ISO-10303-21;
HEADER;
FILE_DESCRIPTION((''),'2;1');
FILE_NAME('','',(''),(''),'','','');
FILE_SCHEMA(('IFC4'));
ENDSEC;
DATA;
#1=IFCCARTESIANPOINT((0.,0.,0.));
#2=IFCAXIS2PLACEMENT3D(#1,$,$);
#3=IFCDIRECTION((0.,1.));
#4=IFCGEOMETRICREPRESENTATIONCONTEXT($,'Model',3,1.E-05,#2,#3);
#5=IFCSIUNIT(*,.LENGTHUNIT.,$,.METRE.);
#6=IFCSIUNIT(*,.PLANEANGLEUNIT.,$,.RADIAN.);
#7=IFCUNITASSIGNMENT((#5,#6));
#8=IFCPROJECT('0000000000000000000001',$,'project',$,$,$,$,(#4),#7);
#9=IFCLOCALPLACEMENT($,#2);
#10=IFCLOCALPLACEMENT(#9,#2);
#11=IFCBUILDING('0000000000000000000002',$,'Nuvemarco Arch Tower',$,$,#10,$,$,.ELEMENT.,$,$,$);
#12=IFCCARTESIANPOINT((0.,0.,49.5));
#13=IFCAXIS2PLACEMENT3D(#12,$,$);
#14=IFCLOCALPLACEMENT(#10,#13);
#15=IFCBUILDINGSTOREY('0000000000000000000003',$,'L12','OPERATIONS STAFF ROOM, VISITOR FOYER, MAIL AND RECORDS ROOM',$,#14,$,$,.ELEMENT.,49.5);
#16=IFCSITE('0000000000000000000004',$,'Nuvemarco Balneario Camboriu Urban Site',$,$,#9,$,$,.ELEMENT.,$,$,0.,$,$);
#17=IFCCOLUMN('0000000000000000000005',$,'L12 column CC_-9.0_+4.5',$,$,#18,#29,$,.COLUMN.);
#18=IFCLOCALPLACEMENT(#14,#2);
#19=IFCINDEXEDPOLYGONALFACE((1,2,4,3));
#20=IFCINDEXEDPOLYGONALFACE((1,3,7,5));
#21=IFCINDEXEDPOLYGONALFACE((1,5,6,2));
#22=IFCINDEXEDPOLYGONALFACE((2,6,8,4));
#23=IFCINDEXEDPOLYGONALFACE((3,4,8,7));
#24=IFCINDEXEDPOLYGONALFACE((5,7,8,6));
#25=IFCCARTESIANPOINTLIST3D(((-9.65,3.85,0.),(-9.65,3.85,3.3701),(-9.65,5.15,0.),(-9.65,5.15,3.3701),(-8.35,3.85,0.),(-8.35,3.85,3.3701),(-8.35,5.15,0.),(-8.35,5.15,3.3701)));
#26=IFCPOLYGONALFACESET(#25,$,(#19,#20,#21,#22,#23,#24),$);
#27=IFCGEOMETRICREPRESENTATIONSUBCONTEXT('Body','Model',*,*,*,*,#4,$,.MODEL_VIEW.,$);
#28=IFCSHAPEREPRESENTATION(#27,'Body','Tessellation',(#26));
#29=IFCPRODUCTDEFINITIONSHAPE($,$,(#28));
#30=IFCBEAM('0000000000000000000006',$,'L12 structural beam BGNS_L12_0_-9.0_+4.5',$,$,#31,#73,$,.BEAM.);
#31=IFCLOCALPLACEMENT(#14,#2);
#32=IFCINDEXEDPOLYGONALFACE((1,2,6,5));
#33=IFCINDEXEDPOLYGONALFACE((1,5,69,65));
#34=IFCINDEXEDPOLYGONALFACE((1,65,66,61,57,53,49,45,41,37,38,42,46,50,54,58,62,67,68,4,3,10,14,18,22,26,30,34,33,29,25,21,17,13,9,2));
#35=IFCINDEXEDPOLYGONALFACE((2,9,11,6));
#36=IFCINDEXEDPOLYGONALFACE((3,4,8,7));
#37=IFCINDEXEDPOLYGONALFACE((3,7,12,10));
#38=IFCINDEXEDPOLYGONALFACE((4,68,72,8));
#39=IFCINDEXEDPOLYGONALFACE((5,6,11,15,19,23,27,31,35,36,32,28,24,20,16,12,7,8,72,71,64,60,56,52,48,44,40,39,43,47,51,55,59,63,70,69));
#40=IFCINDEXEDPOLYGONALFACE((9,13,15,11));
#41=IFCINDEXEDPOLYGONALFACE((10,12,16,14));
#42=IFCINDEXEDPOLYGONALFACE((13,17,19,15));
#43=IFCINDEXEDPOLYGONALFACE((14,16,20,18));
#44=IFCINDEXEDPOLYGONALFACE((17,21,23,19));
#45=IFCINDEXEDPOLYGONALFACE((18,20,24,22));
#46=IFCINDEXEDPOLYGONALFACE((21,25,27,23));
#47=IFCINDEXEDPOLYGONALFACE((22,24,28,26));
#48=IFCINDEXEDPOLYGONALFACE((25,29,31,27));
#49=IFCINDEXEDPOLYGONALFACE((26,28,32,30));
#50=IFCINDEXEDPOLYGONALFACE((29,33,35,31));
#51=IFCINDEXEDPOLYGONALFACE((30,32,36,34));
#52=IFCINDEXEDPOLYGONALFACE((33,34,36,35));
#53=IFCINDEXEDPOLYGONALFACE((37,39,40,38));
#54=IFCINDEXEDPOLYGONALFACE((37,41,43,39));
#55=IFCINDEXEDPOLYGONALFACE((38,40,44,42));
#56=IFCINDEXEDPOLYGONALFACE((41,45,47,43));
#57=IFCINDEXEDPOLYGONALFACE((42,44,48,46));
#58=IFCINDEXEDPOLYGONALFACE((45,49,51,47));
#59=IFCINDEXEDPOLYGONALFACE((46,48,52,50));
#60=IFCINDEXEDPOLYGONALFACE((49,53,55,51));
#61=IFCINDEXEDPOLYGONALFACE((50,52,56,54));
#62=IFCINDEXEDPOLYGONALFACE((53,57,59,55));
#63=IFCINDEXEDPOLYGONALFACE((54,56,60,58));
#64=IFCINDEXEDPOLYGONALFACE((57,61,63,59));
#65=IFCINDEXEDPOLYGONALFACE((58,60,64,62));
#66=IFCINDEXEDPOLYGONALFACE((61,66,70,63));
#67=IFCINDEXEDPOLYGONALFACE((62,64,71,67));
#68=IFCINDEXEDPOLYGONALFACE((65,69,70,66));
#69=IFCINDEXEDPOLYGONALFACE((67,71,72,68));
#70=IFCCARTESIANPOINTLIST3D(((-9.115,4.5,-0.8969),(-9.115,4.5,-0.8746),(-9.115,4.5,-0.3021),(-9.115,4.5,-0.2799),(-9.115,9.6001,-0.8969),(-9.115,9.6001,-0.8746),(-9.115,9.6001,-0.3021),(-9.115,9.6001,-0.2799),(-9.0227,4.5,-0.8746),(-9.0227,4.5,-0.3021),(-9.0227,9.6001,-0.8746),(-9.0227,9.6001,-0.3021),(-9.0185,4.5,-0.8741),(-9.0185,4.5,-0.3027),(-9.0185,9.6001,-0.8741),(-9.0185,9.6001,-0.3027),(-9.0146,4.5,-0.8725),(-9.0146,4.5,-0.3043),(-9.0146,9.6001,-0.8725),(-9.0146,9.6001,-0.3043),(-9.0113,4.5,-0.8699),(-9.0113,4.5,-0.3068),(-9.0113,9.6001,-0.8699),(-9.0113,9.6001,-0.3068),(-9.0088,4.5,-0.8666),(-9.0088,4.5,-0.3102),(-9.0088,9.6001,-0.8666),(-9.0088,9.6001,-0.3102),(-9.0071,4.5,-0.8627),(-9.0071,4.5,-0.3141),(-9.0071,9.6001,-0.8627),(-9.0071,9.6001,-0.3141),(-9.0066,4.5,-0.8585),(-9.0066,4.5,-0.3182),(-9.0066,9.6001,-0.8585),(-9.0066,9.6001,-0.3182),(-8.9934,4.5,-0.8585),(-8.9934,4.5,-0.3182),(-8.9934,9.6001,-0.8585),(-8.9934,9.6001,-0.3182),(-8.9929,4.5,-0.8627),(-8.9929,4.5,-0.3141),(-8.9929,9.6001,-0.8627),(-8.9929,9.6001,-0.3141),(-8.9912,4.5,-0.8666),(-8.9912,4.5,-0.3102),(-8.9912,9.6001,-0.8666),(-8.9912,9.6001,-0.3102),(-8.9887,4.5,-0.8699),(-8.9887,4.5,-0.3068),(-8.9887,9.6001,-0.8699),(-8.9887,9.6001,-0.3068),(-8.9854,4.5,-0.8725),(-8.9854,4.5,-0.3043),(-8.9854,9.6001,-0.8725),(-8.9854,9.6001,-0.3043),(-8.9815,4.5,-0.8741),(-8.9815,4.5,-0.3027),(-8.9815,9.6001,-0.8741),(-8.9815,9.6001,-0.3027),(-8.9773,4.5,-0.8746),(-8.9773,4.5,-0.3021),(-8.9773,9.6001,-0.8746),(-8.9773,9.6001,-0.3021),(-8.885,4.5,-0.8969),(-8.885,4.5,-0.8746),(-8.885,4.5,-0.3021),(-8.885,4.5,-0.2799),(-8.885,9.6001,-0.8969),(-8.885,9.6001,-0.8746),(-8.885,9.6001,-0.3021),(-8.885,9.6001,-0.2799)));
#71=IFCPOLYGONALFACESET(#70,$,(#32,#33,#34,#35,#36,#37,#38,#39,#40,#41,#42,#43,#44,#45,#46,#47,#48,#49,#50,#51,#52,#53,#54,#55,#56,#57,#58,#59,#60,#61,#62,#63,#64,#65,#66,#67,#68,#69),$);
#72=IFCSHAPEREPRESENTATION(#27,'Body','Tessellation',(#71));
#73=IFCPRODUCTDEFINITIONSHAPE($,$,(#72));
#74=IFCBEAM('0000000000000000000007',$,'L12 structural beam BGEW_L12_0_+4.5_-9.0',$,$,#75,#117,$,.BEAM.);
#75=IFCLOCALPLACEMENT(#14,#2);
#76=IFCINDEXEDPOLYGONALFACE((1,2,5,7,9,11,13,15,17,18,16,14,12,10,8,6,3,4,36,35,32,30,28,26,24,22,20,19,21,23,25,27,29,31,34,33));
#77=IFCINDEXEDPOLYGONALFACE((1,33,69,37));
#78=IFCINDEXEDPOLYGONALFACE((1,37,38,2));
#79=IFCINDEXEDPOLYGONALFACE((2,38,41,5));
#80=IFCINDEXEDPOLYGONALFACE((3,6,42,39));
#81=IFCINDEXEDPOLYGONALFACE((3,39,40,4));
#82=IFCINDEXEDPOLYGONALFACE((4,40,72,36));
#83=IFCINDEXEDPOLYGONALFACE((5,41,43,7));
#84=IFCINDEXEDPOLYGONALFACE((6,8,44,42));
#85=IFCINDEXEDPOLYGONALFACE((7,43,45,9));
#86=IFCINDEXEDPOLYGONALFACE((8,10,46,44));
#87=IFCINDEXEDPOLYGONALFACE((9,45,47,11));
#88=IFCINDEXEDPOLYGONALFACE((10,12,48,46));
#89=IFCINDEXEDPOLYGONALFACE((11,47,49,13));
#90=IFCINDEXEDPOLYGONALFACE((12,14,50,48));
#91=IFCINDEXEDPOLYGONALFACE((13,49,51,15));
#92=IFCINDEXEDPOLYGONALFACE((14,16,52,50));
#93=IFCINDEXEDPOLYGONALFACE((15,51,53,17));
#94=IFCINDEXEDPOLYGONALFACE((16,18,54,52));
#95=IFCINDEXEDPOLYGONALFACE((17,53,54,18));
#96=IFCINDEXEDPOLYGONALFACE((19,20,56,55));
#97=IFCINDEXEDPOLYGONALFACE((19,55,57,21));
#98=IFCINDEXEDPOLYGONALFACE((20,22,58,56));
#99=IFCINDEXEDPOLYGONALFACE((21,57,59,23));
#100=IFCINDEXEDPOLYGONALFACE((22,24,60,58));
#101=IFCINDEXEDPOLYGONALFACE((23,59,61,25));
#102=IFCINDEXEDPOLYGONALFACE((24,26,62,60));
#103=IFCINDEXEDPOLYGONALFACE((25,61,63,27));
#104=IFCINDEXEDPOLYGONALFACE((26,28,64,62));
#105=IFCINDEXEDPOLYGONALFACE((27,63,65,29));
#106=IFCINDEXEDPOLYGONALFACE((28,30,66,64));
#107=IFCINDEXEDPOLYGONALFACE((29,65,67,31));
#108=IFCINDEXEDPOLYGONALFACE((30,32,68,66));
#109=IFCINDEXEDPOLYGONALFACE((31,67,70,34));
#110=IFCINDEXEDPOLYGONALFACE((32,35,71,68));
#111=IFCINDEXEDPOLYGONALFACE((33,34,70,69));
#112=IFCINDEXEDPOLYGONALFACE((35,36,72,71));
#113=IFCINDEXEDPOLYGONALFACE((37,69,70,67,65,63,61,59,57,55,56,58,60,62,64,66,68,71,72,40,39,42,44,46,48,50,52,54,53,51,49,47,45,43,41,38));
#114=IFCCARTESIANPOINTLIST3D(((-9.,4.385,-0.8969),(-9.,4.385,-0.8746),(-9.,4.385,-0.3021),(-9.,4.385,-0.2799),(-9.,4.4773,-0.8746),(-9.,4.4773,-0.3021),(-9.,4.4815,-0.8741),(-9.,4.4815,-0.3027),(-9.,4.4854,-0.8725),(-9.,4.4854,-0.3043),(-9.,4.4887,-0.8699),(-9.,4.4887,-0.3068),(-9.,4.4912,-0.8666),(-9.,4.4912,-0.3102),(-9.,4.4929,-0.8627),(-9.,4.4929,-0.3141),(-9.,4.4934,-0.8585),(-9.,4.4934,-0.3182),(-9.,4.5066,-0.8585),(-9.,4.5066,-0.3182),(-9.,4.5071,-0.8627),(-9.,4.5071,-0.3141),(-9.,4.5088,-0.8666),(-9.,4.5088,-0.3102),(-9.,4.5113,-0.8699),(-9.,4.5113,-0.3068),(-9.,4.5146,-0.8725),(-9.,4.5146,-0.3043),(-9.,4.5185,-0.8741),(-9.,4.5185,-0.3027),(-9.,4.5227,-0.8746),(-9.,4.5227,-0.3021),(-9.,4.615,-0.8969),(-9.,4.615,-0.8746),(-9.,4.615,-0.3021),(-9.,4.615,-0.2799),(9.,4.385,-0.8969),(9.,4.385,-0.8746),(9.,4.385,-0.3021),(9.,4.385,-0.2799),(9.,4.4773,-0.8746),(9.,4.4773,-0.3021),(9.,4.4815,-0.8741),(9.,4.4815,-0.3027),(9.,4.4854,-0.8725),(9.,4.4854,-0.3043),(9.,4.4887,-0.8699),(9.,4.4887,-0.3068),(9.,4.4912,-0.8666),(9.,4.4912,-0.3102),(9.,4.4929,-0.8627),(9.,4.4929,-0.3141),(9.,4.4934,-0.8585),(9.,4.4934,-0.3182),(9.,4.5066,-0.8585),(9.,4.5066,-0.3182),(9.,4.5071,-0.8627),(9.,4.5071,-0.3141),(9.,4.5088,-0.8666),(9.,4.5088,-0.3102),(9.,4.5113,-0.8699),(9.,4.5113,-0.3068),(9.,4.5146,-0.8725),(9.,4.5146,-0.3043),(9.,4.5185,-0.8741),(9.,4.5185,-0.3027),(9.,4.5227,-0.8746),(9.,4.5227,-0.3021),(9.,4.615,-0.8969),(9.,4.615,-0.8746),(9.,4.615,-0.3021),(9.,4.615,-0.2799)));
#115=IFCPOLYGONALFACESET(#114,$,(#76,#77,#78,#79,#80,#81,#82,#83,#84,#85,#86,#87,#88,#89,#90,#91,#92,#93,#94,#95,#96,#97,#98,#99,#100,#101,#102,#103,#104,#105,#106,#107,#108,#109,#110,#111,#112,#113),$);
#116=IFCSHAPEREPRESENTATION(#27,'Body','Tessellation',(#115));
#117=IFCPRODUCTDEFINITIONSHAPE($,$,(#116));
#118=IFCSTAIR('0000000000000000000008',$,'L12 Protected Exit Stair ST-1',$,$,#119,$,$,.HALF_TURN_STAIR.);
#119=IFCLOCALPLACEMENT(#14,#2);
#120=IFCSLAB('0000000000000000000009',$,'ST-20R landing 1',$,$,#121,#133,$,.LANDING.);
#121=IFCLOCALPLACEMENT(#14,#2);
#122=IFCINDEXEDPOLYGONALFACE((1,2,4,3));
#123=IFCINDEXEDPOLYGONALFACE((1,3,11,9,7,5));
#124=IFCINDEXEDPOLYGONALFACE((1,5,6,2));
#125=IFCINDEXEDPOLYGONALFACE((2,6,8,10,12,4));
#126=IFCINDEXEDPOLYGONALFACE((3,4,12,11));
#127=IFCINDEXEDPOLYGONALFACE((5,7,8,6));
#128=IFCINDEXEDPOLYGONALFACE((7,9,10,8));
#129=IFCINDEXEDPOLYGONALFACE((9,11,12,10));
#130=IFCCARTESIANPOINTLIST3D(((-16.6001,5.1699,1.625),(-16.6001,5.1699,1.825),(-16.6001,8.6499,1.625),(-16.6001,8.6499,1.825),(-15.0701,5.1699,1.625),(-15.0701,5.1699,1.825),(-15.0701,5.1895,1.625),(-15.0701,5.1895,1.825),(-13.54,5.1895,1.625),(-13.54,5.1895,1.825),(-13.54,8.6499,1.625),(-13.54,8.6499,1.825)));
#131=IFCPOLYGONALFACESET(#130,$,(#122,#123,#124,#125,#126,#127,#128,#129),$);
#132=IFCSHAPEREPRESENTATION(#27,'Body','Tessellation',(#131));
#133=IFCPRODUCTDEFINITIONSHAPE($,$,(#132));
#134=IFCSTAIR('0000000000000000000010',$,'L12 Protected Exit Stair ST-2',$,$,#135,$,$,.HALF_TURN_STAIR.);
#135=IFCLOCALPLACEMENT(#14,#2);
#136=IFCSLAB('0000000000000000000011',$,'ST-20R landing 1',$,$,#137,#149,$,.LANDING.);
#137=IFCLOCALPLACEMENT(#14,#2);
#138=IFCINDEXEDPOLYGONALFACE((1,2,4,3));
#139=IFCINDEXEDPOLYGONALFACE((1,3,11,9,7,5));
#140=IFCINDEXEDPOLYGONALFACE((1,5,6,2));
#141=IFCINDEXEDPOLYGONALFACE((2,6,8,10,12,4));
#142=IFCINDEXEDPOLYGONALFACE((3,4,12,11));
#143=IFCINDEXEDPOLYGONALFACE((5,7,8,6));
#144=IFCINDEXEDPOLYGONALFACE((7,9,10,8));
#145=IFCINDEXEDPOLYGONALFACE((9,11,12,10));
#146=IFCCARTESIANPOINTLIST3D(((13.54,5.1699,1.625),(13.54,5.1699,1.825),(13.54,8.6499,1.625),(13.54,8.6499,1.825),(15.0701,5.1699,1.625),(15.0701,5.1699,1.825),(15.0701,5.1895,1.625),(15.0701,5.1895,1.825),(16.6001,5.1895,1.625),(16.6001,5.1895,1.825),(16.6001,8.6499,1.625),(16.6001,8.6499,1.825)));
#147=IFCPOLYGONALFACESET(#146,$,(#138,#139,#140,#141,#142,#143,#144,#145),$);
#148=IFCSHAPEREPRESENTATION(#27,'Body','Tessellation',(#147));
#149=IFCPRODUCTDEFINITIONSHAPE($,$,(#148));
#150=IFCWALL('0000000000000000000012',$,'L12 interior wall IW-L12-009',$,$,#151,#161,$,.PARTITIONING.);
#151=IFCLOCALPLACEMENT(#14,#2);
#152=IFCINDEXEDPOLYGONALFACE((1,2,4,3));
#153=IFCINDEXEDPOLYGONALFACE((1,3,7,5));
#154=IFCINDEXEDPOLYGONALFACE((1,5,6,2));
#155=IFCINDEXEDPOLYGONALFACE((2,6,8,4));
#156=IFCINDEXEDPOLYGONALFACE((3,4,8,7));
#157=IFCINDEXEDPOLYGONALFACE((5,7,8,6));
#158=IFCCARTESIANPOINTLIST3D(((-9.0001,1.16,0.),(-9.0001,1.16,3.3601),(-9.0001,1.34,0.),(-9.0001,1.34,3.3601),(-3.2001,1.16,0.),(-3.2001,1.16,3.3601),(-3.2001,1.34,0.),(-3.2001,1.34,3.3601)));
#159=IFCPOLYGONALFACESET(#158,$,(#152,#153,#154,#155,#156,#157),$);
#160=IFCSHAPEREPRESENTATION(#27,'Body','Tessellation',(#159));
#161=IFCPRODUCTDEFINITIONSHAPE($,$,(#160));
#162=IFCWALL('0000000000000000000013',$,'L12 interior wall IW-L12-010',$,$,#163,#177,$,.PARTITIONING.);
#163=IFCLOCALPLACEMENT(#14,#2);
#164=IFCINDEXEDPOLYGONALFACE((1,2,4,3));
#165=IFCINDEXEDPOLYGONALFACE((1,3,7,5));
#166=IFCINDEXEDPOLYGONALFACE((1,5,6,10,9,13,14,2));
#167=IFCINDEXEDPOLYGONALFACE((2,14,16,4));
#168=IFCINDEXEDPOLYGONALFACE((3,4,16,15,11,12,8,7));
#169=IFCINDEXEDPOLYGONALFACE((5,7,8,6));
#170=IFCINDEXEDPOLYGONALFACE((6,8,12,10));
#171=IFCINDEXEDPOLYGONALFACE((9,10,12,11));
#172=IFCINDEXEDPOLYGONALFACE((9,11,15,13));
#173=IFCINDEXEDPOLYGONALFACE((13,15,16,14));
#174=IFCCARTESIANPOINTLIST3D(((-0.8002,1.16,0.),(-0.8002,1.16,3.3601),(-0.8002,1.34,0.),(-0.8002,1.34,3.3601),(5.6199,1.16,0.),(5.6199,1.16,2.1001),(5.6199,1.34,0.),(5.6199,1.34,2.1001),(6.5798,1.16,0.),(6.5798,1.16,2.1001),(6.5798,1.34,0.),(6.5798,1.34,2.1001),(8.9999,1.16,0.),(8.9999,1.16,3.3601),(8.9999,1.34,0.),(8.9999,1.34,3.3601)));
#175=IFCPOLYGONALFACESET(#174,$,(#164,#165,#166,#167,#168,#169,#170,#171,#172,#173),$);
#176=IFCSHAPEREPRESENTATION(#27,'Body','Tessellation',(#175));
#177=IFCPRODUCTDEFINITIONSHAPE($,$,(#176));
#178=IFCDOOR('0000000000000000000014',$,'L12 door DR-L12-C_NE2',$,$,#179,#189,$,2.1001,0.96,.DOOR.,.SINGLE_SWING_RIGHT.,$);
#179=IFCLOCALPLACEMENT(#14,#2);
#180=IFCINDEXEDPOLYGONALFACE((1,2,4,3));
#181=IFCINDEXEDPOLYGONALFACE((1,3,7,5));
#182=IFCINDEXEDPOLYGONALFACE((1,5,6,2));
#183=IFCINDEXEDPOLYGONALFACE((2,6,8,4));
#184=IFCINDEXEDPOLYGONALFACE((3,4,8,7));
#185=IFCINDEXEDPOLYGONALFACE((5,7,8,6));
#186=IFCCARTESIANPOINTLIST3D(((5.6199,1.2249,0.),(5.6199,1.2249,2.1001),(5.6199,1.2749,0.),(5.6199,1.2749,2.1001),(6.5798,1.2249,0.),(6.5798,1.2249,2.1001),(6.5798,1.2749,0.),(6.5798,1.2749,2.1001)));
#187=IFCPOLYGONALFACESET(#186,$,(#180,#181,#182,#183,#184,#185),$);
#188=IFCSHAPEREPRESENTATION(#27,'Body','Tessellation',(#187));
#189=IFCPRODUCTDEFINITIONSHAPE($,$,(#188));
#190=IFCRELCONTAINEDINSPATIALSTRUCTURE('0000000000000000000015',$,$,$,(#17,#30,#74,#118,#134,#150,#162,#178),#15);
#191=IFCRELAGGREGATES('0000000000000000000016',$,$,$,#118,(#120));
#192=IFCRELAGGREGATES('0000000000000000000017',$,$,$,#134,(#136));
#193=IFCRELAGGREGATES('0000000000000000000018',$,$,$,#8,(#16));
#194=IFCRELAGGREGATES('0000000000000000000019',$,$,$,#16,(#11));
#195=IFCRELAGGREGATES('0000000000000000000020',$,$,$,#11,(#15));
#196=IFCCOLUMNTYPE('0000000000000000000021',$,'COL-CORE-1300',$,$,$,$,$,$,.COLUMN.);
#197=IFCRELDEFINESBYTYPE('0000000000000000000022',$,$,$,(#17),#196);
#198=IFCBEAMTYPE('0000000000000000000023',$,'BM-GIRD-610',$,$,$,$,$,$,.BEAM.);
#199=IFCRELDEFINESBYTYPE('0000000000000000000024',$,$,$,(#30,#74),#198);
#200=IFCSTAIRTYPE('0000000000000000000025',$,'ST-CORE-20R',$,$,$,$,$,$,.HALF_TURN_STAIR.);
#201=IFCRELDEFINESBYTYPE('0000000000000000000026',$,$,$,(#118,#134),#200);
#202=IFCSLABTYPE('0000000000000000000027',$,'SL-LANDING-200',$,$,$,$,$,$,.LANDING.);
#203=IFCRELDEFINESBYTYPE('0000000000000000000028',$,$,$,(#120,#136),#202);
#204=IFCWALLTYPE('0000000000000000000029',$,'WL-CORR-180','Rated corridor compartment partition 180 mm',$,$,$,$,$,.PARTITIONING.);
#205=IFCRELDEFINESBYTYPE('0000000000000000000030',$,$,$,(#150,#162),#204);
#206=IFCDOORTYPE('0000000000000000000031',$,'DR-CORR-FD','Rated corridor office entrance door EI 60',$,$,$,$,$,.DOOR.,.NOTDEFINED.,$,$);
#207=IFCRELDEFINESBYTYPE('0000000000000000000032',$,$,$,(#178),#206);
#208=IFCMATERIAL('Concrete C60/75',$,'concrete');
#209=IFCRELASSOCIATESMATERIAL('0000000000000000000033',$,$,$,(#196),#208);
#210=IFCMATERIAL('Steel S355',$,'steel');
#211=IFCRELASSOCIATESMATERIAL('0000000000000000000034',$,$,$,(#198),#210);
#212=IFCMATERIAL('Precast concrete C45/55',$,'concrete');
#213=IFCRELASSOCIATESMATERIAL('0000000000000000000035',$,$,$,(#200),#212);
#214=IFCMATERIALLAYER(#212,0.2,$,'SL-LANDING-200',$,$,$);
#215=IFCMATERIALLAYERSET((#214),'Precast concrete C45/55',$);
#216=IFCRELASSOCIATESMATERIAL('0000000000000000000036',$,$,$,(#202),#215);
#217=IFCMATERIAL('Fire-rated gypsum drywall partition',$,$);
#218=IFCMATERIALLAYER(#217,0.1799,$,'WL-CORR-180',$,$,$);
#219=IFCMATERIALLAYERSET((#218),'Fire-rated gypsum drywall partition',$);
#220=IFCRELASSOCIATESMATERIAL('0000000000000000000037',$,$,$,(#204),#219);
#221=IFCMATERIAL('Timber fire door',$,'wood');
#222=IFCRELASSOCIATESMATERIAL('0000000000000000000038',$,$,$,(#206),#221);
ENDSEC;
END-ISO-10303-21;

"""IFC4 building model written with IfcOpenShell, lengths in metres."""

from ifc_helpers import new_model, si_unit, direction, frame, frame_2d, origin, origin_2d, place, context, subcontext, project, spatial, polyline, rectangle, i_section, outline, extrude, source, transform, mapped, material, layer, layer_set, material_profile, profile_set, type_object, type_shapes, element, fill, aggregate, save


model = new_model("IFC4")

# Units and contexts
model_context = context("Model", 3, precision=1e-05, world=origin(), true_north=direction((0.0, 1.0)))
body_context = subcontext(model_context, "Body", "Model", "MODEL_VIEW")
ifc_project = project(units=[si_unit("LENGTHUNIT", "METRE"), si_unit("PLANEANGLEUNIT", "RADIAN")], contexts=[model_context])

# Site, building, storey
site_placement = place(None, origin())
site = spatial("IfcSite", under=ifc_project, at=site_placement, Name="Nuvemarco Balneario Camboriu Urban Site", CompositionType="ELEMENT", RefElevation=0.0)
building_placement = place(site_placement, origin())
building = spatial("IfcBuilding", under=site, at=building_placement, Name="Nuvemarco Arch Tower", CompositionType="ELEMENT")
storey_placement = place(building_placement, frame((0.0, 0.0, 49.5)))
storey = spatial("IfcBuildingStorey", under=building, at=storey_placement, Name="L12", Description="OPERATIONS STAFF ROOM, VISITOR FOYER, MAIL AND RECORDS ROOM", CompositionType="ELEMENT", Elevation=49.5)

# Column
ifc_material_1 = material(Name="Concrete C60/75", Category="concrete")
ifc_material_profile_1 = material_profile(ifc_material_1, rectangle(XDim=1.3, YDim=1.3, at=origin_2d()), Name="RC-COL-1300x1300")
ifc_profile_set_1 = profile_set([ifc_material_profile_1], Name="Concrete C60/75")
column_type = type_object("IfcColumnType", Name="COL-CORE-1300", PredefinedType="COLUMN", material=ifc_profile_set_1)
column_placement = place(storey_placement, frame((-9.0, 4.5, 0.0), z_axis=(0.0, 0.0, 1.0), x_axis=(1.0, 0.0, 0.0)))
element("IfcColumn", 1, at=column_placement, inside=storey, type_object=column_type, Name="L12 column CC_-9.0_+4.5", PredefinedType="COLUMN", context=body_context, shape_type="SweptSolid", body=[
    extrude(rectangle(XDim=1.3, YDim=1.3, at=origin_2d()), origin(), (0.0, 0.0, 1.0), 3.3701),
])

# Beams
ifc_material_2 = material(Name="Steel S355", Category="steel")
ifc_material_profile_2 = material_profile(ifc_material_2, i_section(OverallWidth=0.23, OverallDepth=0.6169, WebThickness=0.0132, FlangeThickness=0.0222, FilletRadius=0.0161, at=origin_2d()), Name="W610x140")
ifc_profile_set_2 = profile_set([ifc_material_profile_2], Name="Steel S355")
beam_type = type_object("IfcBeamType", Name="BM-GIRD-610", PredefinedType="BEAM", material=ifc_profile_set_2)
beam_1_placement = place(storey_placement, frame((-9.0, 4.5, -0.5884), z_axis=(0.0, 1.0, 0.0), x_axis=(-1.0, 0.0, 0.0)))
element("IfcBeam", 2, at=beam_1_placement, inside=storey, type_object=beam_type, Name="L12 structural beam BGNS_L12_0_-9.0_+4.5", PredefinedType="BEAM", context=body_context, shape_type="SweptSolid", body=[
    extrude(i_section(OverallWidth=0.23, OverallDepth=0.6169, WebThickness=0.0132, FlangeThickness=0.0222, FilletRadius=0.0161, at=origin_2d()), origin(), (0.0, 0.0, 1.0), 5.1001),
])
beam_2_placement = place(storey_placement, frame((-9.0, 4.5, -0.5884), z_axis=(1.0, 0.0, 0.0), x_axis=(0.0, 1.0, 0.0)))
element("IfcBeam", 3, at=beam_2_placement, inside=storey, type_object=beam_type, Name="L12 structural beam BGEW_L12_0_+4.5_-9.0", PredefinedType="BEAM", context=body_context, shape_type="SweptSolid", body=[
    extrude(i_section(OverallWidth=0.23, OverallDepth=0.6169, WebThickness=0.0132, FlangeThickness=0.0222, FilletRadius=0.0161, at=origin_2d()), origin(), (0.0, 0.0, 1.0), 18.0),
])

# Stairs, slabs
ifc_material_3 = material(Name="Precast concrete C45/55", Category="concrete")
stair_type = type_object("IfcStairType", Name="ST-CORE-20R", PredefinedType="HALF_TURN_STAIR", material=ifc_material_3)
stair_1_placement = place(storey_placement, origin())
stair_1 = element("IfcStair", 4, at=stair_1_placement, inside=storey, type_object=stair_type, Name="L12 Protected Exit Stair ST-1", PredefinedType="HALF_TURN_STAIR")
ifc_layer_1 = layer(ifc_material_3, 0.2, Name="SL-LANDING-200")
ifc_layer_set_1 = layer_set([ifc_layer_1], Name="Precast concrete C45/55")
slab_type = type_object("IfcSlabType", Name="SL-LANDING-200", PredefinedType="LANDING", material=ifc_layer_set_1)
slab_1_placement = place(storey_placement, frame((0.0, 0.0, 1.625)))
slab_1 = element("IfcSlab", 5, at=slab_1_placement, type_object=slab_type, Name="ST-20R landing 1", PredefinedType="LANDING", context=body_context, shape_type="SweptSolid", body=[
    extrude(outline(polyline([(-13.54, 5.1895), (-13.54, 8.6499), (-16.6001, 8.6499), (-16.6001, 5.1699), (-15.0701, 5.1699), (-15.0701, 5.1895), (-13.54, 5.1895)])), origin(), (0.0, 0.0, 1.0), 0.2),
])
aggregate(stair_1, [slab_1])
stair_2_placement = place(storey_placement, origin())
stair_2 = element("IfcStair", 6, at=stair_2_placement, inside=storey, type_object=stair_type, Name="L12 Protected Exit Stair ST-2", PredefinedType="HALF_TURN_STAIR")
slab_2_placement = place(storey_placement, frame((0.0, 0.0, 1.625)))
slab_2 = element("IfcSlab", 7, at=slab_2_placement, type_object=slab_type, Name="ST-20R landing 1", PredefinedType="LANDING", context=body_context, shape_type="SweptSolid", body=[
    extrude(outline(polyline([(16.6001, 5.1895), (16.6001, 8.6499), (13.54, 8.6499), (13.54, 5.1699), (15.0701, 5.1699), (15.0701, 5.1895), (16.6001, 5.1895)])), origin(), (0.0, 0.0, 1.0), 0.2),
])
aggregate(stair_2, [slab_2])

# Wall
ifc_material_4 = material(Name="Fire-rated gypsum drywall partition")
ifc_layer_2 = layer(ifc_material_4, 0.1799, Name="WL-CORR-180")
ifc_layer_set_2 = layer_set([ifc_layer_2], Name="Fire-rated gypsum drywall partition")
wall_type_1 = type_object("IfcWallType", Name="WL-CORR-180", Description="Rated corridor compartment partition 180 mm", PredefinedType="PARTITIONING", material=ifc_layer_set_2)
wall_1_placement = place(storey_placement, frame((-9.0, 1.25, 0.0), z_axis=(0.0, 0.0, 1.0), x_axis=(1.0, 0.0, 0.0)))
element("IfcWall", 8, at=wall_1_placement, inside=storey, type_object=wall_type_1, Name="L12 interior wall IW-L12-009", PredefinedType="PARTITIONING", context=body_context, shape_type="SweptSolid", body=[
    extrude(rectangle(XDim=5.8, YDim=0.1799, at=frame_2d((2.8999, 0.0))), origin(), (0.0, 0.0, 1.0), 3.3601),
])

# Wall, opening, door
wall_2_placement = place(storey_placement, frame((-0.8, 1.25, 0.0), z_axis=(0.0, 0.0, 1.0), x_axis=(1.0, 0.0, 0.0)))
wall_2 = element("IfcWall", 9, at=wall_2_placement, inside=storey, type_object=wall_type_1, Name="L12 interior wall IW-L12-010", PredefinedType="PARTITIONING", context=body_context, shape_type="SweptSolid", body=[
    extrude(rectangle(XDim=9.8, YDim=0.1799, at=frame_2d((4.8999, 0.0))), origin(), (0.0, 0.0, 1.0), 3.3601),
])
opening_1_placement = place(wall_2_placement, frame((6.4199, 0.0, 0.0)))
opening_1 = element("IfcOpeningElement", 10, at=opening_1_placement, cuts=wall_2, PredefinedType="OPENING", context=body_context, shape_type="SweptSolid", body=[
    extrude(rectangle(XDim=0.96, YDim=2.1001, at=frame_2d((0.48, 1.05))), frame((0.0, 0.0999, 0.0), z_axis=(0.0, -1.0, 0.0), x_axis=(1.0, 0.0, 0.0)), (0.0, 0.0, 1.0), 0.2),
])
ifc_material_5 = material(Name="Timber fire door", Category="wood")
door_type_1 = type_object("IfcDoorType", Name="DR-CORR-FD", Description="Rated corridor office entrance door EI 60", OperationType="NOTDEFINED", PredefinedType="DOOR", material=ifc_material_5)
shared_shape_1 = source(origin(), body_context, "Body", "SweptSolid", [
    extrude(rectangle(XDim=0.96, YDim=2.1001, at=frame_2d((0.48, 1.05))), frame((0.0, 0.0249, 0.0), z_axis=(0.0, -1.0, 0.0), x_axis=(1.0, 0.0, 0.0)), (0.0, 0.0, 1.0), 0.05),
])
type_shapes(door_type_1, [shared_shape_1])
door_1_placement = place(opening_1_placement, origin())
door_1 = element("IfcDoor", 11, at=door_1_placement, inside=storey, type_object=door_type_1, Name="L12 door DR-L12-C_NE2", OperationType="SINGLE_SWING_RIGHT", OverallHeight=2.1001, OverallWidth=0.96, PredefinedType="DOOR", context=body_context, shape_type="MappedRepresentation", body=[
    mapped(shared_shape_1, transform((0.0, 0.0, 0.0), scale=1.0)),
])
fill(opening_1, door_1)

save(model, "model.ifc")
